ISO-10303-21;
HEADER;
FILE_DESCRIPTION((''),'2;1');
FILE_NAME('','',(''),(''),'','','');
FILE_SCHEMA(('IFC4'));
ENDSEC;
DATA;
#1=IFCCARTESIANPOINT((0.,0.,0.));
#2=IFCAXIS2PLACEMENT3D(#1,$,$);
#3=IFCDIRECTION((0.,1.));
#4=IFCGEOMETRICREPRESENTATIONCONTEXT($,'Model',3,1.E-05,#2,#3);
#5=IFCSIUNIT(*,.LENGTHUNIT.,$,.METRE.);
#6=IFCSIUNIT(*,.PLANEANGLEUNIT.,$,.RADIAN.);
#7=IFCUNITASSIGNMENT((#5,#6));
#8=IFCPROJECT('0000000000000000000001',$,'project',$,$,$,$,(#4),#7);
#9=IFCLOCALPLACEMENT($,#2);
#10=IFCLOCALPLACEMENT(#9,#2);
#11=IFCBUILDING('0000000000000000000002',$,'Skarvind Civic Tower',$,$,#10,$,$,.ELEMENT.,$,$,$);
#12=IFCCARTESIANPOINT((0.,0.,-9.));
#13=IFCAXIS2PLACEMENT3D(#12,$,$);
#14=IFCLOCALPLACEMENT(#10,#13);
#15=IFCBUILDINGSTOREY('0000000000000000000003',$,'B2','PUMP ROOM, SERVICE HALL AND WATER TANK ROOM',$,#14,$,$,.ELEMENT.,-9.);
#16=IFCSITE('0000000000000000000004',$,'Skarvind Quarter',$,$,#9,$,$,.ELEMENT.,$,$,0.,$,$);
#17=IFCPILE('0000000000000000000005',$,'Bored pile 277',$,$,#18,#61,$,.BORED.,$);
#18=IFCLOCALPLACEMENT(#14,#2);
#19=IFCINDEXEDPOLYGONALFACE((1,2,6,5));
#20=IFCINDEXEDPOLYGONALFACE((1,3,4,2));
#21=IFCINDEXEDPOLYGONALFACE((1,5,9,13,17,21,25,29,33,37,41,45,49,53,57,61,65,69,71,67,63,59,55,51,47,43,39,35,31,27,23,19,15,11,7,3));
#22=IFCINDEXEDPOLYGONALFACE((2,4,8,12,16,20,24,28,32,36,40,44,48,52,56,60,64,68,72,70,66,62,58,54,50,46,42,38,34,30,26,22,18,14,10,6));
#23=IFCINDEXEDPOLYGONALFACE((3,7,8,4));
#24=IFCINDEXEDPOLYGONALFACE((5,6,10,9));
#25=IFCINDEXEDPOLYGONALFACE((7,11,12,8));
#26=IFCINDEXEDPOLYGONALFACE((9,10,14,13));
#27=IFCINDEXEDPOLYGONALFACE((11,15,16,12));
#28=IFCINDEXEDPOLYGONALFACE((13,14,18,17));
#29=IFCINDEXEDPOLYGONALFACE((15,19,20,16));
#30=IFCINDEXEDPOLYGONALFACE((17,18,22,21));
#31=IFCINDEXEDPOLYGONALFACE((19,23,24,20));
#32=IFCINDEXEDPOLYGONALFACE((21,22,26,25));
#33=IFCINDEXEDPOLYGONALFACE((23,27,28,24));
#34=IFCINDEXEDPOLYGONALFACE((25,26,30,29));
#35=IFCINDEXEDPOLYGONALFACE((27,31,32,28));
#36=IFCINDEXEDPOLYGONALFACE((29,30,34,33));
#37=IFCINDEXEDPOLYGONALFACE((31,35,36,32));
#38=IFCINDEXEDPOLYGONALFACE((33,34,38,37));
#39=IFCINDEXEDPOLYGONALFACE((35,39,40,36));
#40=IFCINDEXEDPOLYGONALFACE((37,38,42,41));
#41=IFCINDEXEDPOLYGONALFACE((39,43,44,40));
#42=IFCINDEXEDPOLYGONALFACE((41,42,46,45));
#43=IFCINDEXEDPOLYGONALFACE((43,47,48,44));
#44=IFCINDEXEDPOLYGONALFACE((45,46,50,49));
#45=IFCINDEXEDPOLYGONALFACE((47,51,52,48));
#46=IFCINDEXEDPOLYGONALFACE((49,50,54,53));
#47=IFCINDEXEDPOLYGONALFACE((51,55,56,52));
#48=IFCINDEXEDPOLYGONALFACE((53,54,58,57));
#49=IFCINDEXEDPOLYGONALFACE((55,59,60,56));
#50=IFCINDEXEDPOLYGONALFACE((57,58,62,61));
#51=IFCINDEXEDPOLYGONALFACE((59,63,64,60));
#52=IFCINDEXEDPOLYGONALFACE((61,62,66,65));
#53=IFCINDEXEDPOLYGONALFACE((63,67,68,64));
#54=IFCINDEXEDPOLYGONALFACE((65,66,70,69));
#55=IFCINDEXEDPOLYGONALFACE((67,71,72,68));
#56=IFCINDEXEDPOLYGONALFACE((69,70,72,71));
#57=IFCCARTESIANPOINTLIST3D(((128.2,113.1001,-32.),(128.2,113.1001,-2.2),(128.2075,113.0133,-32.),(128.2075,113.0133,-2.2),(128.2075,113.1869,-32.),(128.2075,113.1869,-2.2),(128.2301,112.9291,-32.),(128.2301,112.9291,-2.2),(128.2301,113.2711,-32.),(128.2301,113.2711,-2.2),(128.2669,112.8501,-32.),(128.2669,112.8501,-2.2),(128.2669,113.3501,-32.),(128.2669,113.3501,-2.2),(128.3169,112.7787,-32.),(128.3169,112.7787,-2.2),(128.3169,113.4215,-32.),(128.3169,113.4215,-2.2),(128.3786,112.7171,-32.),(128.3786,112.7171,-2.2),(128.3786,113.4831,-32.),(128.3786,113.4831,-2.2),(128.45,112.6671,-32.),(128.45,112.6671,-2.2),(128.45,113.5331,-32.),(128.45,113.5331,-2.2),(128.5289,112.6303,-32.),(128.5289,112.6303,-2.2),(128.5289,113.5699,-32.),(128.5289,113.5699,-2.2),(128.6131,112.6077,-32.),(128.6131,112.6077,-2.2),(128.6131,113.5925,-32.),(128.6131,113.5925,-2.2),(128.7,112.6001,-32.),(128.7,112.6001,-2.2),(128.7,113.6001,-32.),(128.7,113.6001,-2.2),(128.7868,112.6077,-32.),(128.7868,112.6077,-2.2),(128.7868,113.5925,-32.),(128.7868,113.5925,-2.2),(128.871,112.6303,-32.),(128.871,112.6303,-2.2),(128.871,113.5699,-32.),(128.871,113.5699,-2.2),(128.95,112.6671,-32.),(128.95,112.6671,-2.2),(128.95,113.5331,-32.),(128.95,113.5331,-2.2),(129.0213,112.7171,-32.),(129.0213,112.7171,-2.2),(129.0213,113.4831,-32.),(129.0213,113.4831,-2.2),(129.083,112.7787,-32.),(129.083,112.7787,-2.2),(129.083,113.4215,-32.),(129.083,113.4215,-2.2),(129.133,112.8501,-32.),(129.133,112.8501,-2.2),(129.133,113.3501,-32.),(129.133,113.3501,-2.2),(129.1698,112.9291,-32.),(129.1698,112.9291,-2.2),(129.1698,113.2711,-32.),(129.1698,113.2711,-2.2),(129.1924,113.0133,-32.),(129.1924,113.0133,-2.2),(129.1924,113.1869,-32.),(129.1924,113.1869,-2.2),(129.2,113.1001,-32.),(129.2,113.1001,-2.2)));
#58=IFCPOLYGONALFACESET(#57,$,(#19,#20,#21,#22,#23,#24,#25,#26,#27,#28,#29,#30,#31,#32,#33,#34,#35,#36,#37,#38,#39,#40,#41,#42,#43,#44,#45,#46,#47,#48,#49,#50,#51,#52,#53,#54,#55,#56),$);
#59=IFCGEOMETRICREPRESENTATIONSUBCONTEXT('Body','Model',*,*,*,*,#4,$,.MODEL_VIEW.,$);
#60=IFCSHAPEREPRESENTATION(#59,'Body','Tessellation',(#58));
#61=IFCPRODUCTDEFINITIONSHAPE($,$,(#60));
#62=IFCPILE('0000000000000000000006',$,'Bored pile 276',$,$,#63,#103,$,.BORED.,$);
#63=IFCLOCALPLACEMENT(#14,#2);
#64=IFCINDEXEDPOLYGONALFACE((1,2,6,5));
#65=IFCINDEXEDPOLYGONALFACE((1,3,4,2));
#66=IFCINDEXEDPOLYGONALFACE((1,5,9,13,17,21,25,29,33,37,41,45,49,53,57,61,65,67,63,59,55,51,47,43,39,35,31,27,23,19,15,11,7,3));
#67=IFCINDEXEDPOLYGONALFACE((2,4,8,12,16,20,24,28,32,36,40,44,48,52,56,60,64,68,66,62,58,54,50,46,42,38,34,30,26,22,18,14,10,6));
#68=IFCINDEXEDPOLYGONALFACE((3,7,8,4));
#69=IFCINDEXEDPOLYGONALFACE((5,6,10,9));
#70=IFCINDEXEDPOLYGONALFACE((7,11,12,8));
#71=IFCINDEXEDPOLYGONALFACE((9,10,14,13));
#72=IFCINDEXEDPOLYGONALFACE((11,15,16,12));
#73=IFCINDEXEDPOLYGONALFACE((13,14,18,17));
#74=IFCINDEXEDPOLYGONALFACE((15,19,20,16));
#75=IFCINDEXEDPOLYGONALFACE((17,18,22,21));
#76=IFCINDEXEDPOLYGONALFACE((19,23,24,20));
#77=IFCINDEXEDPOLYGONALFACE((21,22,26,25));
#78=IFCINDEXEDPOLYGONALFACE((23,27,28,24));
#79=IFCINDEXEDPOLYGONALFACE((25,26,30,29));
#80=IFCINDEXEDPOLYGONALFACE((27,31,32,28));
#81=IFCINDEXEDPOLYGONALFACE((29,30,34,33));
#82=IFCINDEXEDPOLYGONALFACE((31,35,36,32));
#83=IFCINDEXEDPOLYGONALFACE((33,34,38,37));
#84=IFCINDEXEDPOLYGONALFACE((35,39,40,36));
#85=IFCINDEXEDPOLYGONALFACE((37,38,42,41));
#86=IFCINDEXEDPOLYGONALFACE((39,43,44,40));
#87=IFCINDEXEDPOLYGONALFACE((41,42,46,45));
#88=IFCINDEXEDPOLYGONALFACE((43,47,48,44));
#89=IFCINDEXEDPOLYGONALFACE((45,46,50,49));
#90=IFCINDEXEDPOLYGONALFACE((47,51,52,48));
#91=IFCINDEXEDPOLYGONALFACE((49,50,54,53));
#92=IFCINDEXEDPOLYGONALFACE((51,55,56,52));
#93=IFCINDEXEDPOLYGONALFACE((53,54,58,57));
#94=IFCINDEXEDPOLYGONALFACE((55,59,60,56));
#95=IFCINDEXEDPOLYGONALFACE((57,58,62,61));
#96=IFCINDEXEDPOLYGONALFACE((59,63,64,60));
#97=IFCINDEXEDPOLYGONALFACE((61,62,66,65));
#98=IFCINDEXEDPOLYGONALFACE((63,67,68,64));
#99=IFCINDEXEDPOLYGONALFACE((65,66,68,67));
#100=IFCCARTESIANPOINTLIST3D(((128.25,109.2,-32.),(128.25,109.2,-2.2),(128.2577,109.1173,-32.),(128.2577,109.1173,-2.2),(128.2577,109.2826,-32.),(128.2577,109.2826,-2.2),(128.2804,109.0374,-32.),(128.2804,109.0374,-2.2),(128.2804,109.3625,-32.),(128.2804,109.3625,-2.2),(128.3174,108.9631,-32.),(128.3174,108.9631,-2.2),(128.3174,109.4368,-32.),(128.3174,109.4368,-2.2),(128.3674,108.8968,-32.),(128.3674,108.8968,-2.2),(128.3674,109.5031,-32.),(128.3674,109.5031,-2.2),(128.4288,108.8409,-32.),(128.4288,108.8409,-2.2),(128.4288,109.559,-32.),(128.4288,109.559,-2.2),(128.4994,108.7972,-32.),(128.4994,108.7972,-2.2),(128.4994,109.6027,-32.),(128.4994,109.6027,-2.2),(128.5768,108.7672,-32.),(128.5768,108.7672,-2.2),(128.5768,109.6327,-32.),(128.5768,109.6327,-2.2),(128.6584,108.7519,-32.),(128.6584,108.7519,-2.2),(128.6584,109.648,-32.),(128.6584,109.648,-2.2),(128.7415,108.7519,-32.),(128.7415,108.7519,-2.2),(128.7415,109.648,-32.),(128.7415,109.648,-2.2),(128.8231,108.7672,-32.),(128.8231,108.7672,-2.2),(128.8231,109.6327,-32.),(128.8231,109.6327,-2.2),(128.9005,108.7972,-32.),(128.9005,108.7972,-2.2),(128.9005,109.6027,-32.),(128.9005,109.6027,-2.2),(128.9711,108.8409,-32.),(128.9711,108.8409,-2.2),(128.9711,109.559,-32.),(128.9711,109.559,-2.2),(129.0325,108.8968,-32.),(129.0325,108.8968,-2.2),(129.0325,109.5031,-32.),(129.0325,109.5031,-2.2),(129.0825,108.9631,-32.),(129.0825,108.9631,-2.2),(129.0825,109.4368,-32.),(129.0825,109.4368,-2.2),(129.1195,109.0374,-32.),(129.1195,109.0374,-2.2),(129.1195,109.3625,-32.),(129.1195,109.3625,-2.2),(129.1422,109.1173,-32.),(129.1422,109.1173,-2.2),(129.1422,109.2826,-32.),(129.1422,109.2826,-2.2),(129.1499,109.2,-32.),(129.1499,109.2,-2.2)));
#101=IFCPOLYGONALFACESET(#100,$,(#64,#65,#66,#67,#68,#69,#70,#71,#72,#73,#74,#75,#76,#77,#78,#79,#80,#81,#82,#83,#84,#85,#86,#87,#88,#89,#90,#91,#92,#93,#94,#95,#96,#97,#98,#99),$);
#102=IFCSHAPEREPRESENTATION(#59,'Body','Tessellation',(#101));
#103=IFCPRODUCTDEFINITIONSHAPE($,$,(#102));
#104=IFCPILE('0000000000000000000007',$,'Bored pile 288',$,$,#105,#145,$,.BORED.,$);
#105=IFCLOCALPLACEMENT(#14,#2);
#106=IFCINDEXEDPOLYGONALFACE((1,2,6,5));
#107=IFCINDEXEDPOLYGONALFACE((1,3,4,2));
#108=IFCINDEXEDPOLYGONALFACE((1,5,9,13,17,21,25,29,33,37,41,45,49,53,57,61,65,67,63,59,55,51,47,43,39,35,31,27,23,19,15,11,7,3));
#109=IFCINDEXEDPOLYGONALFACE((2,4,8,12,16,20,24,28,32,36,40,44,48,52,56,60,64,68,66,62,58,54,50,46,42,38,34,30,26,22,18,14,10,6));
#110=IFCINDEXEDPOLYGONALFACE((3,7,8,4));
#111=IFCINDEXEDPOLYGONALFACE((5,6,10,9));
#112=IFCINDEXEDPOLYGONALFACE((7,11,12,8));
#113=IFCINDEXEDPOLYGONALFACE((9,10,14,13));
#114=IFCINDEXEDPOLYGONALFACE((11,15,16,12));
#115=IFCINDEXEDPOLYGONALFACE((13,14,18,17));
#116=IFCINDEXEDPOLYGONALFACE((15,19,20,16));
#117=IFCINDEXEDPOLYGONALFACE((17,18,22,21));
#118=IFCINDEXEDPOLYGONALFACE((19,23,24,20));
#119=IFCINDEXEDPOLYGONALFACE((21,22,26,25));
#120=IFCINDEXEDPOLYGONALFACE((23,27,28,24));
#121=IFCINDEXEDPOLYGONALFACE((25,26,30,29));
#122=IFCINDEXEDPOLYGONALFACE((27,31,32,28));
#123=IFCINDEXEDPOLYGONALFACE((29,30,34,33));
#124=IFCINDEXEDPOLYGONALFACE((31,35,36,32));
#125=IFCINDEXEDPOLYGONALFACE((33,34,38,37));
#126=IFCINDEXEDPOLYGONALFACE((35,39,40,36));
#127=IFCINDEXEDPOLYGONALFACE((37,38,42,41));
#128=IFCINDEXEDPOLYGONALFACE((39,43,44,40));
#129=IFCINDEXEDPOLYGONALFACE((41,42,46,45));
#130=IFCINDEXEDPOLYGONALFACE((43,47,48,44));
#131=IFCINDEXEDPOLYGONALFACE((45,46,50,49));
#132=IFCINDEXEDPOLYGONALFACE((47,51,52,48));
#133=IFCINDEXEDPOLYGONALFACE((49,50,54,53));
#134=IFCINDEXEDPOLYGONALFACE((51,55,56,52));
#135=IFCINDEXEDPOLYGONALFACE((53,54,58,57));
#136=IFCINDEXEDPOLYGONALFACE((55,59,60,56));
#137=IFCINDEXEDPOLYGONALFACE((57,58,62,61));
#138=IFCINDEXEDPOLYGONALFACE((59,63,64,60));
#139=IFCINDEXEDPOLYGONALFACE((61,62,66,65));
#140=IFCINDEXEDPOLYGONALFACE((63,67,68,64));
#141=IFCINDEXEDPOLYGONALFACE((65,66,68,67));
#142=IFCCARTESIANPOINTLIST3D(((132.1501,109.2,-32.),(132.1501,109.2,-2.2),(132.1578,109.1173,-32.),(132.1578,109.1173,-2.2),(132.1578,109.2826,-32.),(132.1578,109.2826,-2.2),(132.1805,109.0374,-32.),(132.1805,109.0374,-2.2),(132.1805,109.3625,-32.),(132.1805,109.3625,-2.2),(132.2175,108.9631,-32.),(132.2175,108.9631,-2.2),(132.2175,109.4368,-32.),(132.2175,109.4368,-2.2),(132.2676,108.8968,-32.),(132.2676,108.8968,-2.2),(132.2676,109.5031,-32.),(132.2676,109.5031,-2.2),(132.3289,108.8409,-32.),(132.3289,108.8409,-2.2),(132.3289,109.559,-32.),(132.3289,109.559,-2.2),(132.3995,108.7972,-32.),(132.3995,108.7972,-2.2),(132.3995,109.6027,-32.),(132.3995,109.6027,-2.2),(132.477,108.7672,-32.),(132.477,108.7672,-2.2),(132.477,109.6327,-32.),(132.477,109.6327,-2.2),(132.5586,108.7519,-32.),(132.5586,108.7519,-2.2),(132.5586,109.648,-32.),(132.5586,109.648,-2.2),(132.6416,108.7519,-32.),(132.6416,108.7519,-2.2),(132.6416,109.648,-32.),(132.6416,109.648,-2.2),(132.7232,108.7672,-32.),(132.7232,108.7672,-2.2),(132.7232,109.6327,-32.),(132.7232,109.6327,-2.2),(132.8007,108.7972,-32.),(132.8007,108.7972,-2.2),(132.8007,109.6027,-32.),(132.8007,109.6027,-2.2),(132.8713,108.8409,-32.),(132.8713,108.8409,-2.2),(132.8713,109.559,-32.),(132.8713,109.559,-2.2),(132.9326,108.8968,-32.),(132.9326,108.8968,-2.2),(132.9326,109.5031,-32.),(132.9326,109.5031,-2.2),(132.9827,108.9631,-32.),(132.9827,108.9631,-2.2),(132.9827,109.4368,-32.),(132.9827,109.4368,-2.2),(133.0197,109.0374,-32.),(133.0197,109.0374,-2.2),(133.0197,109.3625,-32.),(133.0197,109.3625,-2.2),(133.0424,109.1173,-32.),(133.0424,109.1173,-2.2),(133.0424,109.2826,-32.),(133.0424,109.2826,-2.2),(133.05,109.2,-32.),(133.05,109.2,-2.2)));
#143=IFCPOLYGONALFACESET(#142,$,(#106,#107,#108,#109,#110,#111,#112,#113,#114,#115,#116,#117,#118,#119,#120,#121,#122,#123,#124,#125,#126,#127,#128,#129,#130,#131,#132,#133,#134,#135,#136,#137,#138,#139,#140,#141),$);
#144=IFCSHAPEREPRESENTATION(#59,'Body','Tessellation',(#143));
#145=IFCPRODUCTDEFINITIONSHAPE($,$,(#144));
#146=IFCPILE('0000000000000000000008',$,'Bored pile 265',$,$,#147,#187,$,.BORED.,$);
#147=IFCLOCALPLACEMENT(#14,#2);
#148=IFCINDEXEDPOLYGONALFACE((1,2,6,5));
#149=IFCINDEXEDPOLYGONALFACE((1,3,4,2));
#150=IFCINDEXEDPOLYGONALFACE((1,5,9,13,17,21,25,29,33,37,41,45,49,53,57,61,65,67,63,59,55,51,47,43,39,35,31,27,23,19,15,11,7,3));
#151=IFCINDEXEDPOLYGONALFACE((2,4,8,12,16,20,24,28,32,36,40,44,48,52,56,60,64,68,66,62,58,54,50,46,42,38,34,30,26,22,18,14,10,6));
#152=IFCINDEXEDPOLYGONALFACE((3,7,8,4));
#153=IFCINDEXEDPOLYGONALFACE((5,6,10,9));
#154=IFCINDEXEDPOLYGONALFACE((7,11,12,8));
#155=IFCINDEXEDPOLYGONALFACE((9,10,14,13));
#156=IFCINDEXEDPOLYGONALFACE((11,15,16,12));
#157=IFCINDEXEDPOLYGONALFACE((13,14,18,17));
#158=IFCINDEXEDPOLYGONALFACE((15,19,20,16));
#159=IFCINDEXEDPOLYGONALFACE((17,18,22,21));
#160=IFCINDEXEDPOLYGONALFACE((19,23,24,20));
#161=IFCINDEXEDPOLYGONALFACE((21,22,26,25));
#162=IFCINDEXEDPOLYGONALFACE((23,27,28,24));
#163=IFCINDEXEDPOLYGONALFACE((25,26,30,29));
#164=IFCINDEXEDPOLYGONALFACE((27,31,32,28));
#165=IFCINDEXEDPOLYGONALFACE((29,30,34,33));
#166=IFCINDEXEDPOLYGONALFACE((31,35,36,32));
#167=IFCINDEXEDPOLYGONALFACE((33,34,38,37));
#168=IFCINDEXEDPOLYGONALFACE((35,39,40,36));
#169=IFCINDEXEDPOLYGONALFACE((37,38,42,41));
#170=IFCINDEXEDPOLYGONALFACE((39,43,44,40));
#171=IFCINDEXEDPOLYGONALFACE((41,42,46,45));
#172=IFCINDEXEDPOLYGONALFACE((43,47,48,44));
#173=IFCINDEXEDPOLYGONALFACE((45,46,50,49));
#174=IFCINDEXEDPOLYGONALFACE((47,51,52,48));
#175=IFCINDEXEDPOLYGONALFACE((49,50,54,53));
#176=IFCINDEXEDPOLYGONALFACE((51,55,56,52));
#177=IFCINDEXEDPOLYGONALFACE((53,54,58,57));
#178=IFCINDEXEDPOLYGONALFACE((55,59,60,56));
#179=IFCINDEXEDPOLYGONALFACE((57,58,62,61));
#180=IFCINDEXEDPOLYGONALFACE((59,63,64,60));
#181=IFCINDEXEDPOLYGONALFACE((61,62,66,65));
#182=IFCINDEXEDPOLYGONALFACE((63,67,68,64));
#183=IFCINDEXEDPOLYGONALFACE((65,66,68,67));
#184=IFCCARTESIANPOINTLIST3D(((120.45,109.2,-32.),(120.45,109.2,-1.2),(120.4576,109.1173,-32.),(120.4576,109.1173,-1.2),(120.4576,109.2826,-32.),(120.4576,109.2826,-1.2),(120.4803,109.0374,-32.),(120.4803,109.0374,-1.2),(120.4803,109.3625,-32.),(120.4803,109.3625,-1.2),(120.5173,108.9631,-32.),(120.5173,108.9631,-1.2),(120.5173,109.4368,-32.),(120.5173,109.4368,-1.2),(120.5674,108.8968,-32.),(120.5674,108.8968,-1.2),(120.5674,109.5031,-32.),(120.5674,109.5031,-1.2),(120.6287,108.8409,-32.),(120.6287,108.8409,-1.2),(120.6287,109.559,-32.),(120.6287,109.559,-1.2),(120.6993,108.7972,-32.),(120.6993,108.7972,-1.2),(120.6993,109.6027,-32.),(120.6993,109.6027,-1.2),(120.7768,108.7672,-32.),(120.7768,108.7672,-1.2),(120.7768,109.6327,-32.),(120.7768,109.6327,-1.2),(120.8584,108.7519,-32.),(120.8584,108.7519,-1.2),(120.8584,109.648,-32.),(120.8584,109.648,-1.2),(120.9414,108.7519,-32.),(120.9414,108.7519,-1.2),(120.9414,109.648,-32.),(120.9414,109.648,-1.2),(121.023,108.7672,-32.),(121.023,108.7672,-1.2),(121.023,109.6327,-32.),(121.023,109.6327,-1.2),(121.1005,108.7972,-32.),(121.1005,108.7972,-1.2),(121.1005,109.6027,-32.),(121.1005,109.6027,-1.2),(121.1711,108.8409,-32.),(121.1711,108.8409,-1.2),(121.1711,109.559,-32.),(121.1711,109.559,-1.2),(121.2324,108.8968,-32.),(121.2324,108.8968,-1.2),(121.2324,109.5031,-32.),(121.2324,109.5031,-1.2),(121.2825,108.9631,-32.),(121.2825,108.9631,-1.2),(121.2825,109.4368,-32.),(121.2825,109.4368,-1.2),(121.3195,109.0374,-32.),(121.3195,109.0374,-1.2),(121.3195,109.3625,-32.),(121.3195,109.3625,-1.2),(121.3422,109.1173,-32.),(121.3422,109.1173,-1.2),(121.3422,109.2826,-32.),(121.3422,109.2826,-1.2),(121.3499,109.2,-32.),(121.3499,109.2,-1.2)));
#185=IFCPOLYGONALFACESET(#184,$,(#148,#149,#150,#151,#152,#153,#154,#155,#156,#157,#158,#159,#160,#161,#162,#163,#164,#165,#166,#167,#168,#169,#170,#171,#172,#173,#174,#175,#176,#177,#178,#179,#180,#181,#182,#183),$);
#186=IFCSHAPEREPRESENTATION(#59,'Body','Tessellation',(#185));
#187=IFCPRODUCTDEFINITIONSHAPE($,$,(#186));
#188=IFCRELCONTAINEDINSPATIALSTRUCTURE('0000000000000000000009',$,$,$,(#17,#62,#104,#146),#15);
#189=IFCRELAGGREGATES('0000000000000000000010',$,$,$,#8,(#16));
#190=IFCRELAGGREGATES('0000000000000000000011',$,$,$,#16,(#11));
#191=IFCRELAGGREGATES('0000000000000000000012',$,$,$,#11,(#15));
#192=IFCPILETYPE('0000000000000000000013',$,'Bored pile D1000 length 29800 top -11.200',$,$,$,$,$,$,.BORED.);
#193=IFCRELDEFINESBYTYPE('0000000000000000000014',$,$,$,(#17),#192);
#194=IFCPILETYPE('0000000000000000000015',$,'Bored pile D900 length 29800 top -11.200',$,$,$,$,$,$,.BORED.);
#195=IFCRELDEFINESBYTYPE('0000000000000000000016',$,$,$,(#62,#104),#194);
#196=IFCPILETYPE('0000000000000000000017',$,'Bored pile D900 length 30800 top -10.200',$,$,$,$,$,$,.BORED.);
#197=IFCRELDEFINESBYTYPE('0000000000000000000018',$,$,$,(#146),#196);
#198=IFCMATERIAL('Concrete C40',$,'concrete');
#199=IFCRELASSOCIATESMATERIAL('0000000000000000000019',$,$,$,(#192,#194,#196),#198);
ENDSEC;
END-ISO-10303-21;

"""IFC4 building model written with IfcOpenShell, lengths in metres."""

from ifc_helpers import new_model, si_unit, direction, frame, origin, origin_2d, place, context, subcontext, project, spatial, circle, extrude, material, type_object, element, save


model = new_model("IFC4")

# Units and contexts
model_context = context("Model", 3, precision=1e-05, world=origin(), true_north=direction((0.0, 1.0)))
body_context = subcontext(model_context, "Body", "Model", "MODEL_VIEW")
ifc_project = project(units=[si_unit("LENGTHUNIT", "METRE"), si_unit("PLANEANGLEUNIT", "RADIAN")], contexts=[model_context])

# Site, building, storey
site_placement = place(None, origin())
site = spatial("IfcSite", under=ifc_project, at=site_placement, Name="Skarvind Quarter", CompositionType="ELEMENT", RefElevation=0.0)
building_placement = place(site_placement, origin())
building = spatial("IfcBuilding", under=site, at=building_placement, Name="Skarvind Civic Tower", CompositionType="ELEMENT")
storey_placement = place(building_placement, frame((0.0, 0.0, -9.0)))
storey = spatial("IfcBuildingStorey", under=building, at=storey_placement, Name="B2", Description="PUMP ROOM, SERVICE HALL AND WATER TANK ROOM", CompositionType="ELEMENT", Elevation=-9.0)

# Piles
ifc_material_1 = material(Name="Concrete C40", Category="concrete")
pile_type_1 = type_object("IfcPileType", Name="Bored pile D1000 length 29800 top -11.200", PredefinedType="BORED", material=ifc_material_1)
pile_placement = place(storey_placement, frame((128.7, 113.1001, -2.2), z_axis=(0.0, 0.0, -1.0), x_axis=(1.0, 0.0, 0.0)))
element("IfcPile", 1, at=pile_placement, inside=storey, type_object=pile_type_1, Name="Bored pile 277", PredefinedType="BORED", context=body_context, shape_type="SweptSolid", body=[
    extrude(circle(Radius=0.5, at=origin_2d()), origin(), (0.0, 0.0, 1.0), 29.8),
])
pile_type_2 = type_object("IfcPileType", Name="Bored pile D900 length 29800 top -11.200", PredefinedType="BORED", material=ifc_material_1)
for number, where, z_axis, x_axis, name in (
    (2, (128.7, 109.2, -2.2), (0.0, 0.0, -1.0), (1.0, 0.0, 0.0), "Bored pile 276"),
    (3, (132.6001, 109.2, -2.2), (0.0, 0.0, -1.0), (1.0, 0.0, 0.0), "Bored pile 288"),
):
    element("IfcPile", number, at=place(storey_placement, frame(where, z_axis=z_axis, x_axis=x_axis)), inside=storey, type_object=pile_type_2, Name=name, PredefinedType="BORED", context=body_context, shape_type="SweptSolid", body=[
        extrude(circle(Radius=0.45, at=origin_2d()), origin(), (0.0, 0.0, 1.0), 29.8),
    ])
pile_type_3 = type_object("IfcPileType", Name="Bored pile D900 length 30800 top -10.200", PredefinedType="BORED", material=ifc_material_1)
for number, where, z_axis, x_axis, name in (
    (4, (120.8999, 109.2, -1.2), (0.0, 0.0, -1.0), (1.0, 0.0, 0.0), "Bored pile 265"),
):
    element("IfcPile", number, at=place(storey_placement, frame(where, z_axis=z_axis, x_axis=x_axis)), inside=storey, type_object=pile_type_3, Name=name, PredefinedType="BORED", context=body_context, shape_type="SweptSolid", body=[
        extrude(circle(Radius=0.45, at=origin_2d()), origin(), (0.0, 0.0, 1.0), 30.8),
    ])

save(model, "model.ifc")
